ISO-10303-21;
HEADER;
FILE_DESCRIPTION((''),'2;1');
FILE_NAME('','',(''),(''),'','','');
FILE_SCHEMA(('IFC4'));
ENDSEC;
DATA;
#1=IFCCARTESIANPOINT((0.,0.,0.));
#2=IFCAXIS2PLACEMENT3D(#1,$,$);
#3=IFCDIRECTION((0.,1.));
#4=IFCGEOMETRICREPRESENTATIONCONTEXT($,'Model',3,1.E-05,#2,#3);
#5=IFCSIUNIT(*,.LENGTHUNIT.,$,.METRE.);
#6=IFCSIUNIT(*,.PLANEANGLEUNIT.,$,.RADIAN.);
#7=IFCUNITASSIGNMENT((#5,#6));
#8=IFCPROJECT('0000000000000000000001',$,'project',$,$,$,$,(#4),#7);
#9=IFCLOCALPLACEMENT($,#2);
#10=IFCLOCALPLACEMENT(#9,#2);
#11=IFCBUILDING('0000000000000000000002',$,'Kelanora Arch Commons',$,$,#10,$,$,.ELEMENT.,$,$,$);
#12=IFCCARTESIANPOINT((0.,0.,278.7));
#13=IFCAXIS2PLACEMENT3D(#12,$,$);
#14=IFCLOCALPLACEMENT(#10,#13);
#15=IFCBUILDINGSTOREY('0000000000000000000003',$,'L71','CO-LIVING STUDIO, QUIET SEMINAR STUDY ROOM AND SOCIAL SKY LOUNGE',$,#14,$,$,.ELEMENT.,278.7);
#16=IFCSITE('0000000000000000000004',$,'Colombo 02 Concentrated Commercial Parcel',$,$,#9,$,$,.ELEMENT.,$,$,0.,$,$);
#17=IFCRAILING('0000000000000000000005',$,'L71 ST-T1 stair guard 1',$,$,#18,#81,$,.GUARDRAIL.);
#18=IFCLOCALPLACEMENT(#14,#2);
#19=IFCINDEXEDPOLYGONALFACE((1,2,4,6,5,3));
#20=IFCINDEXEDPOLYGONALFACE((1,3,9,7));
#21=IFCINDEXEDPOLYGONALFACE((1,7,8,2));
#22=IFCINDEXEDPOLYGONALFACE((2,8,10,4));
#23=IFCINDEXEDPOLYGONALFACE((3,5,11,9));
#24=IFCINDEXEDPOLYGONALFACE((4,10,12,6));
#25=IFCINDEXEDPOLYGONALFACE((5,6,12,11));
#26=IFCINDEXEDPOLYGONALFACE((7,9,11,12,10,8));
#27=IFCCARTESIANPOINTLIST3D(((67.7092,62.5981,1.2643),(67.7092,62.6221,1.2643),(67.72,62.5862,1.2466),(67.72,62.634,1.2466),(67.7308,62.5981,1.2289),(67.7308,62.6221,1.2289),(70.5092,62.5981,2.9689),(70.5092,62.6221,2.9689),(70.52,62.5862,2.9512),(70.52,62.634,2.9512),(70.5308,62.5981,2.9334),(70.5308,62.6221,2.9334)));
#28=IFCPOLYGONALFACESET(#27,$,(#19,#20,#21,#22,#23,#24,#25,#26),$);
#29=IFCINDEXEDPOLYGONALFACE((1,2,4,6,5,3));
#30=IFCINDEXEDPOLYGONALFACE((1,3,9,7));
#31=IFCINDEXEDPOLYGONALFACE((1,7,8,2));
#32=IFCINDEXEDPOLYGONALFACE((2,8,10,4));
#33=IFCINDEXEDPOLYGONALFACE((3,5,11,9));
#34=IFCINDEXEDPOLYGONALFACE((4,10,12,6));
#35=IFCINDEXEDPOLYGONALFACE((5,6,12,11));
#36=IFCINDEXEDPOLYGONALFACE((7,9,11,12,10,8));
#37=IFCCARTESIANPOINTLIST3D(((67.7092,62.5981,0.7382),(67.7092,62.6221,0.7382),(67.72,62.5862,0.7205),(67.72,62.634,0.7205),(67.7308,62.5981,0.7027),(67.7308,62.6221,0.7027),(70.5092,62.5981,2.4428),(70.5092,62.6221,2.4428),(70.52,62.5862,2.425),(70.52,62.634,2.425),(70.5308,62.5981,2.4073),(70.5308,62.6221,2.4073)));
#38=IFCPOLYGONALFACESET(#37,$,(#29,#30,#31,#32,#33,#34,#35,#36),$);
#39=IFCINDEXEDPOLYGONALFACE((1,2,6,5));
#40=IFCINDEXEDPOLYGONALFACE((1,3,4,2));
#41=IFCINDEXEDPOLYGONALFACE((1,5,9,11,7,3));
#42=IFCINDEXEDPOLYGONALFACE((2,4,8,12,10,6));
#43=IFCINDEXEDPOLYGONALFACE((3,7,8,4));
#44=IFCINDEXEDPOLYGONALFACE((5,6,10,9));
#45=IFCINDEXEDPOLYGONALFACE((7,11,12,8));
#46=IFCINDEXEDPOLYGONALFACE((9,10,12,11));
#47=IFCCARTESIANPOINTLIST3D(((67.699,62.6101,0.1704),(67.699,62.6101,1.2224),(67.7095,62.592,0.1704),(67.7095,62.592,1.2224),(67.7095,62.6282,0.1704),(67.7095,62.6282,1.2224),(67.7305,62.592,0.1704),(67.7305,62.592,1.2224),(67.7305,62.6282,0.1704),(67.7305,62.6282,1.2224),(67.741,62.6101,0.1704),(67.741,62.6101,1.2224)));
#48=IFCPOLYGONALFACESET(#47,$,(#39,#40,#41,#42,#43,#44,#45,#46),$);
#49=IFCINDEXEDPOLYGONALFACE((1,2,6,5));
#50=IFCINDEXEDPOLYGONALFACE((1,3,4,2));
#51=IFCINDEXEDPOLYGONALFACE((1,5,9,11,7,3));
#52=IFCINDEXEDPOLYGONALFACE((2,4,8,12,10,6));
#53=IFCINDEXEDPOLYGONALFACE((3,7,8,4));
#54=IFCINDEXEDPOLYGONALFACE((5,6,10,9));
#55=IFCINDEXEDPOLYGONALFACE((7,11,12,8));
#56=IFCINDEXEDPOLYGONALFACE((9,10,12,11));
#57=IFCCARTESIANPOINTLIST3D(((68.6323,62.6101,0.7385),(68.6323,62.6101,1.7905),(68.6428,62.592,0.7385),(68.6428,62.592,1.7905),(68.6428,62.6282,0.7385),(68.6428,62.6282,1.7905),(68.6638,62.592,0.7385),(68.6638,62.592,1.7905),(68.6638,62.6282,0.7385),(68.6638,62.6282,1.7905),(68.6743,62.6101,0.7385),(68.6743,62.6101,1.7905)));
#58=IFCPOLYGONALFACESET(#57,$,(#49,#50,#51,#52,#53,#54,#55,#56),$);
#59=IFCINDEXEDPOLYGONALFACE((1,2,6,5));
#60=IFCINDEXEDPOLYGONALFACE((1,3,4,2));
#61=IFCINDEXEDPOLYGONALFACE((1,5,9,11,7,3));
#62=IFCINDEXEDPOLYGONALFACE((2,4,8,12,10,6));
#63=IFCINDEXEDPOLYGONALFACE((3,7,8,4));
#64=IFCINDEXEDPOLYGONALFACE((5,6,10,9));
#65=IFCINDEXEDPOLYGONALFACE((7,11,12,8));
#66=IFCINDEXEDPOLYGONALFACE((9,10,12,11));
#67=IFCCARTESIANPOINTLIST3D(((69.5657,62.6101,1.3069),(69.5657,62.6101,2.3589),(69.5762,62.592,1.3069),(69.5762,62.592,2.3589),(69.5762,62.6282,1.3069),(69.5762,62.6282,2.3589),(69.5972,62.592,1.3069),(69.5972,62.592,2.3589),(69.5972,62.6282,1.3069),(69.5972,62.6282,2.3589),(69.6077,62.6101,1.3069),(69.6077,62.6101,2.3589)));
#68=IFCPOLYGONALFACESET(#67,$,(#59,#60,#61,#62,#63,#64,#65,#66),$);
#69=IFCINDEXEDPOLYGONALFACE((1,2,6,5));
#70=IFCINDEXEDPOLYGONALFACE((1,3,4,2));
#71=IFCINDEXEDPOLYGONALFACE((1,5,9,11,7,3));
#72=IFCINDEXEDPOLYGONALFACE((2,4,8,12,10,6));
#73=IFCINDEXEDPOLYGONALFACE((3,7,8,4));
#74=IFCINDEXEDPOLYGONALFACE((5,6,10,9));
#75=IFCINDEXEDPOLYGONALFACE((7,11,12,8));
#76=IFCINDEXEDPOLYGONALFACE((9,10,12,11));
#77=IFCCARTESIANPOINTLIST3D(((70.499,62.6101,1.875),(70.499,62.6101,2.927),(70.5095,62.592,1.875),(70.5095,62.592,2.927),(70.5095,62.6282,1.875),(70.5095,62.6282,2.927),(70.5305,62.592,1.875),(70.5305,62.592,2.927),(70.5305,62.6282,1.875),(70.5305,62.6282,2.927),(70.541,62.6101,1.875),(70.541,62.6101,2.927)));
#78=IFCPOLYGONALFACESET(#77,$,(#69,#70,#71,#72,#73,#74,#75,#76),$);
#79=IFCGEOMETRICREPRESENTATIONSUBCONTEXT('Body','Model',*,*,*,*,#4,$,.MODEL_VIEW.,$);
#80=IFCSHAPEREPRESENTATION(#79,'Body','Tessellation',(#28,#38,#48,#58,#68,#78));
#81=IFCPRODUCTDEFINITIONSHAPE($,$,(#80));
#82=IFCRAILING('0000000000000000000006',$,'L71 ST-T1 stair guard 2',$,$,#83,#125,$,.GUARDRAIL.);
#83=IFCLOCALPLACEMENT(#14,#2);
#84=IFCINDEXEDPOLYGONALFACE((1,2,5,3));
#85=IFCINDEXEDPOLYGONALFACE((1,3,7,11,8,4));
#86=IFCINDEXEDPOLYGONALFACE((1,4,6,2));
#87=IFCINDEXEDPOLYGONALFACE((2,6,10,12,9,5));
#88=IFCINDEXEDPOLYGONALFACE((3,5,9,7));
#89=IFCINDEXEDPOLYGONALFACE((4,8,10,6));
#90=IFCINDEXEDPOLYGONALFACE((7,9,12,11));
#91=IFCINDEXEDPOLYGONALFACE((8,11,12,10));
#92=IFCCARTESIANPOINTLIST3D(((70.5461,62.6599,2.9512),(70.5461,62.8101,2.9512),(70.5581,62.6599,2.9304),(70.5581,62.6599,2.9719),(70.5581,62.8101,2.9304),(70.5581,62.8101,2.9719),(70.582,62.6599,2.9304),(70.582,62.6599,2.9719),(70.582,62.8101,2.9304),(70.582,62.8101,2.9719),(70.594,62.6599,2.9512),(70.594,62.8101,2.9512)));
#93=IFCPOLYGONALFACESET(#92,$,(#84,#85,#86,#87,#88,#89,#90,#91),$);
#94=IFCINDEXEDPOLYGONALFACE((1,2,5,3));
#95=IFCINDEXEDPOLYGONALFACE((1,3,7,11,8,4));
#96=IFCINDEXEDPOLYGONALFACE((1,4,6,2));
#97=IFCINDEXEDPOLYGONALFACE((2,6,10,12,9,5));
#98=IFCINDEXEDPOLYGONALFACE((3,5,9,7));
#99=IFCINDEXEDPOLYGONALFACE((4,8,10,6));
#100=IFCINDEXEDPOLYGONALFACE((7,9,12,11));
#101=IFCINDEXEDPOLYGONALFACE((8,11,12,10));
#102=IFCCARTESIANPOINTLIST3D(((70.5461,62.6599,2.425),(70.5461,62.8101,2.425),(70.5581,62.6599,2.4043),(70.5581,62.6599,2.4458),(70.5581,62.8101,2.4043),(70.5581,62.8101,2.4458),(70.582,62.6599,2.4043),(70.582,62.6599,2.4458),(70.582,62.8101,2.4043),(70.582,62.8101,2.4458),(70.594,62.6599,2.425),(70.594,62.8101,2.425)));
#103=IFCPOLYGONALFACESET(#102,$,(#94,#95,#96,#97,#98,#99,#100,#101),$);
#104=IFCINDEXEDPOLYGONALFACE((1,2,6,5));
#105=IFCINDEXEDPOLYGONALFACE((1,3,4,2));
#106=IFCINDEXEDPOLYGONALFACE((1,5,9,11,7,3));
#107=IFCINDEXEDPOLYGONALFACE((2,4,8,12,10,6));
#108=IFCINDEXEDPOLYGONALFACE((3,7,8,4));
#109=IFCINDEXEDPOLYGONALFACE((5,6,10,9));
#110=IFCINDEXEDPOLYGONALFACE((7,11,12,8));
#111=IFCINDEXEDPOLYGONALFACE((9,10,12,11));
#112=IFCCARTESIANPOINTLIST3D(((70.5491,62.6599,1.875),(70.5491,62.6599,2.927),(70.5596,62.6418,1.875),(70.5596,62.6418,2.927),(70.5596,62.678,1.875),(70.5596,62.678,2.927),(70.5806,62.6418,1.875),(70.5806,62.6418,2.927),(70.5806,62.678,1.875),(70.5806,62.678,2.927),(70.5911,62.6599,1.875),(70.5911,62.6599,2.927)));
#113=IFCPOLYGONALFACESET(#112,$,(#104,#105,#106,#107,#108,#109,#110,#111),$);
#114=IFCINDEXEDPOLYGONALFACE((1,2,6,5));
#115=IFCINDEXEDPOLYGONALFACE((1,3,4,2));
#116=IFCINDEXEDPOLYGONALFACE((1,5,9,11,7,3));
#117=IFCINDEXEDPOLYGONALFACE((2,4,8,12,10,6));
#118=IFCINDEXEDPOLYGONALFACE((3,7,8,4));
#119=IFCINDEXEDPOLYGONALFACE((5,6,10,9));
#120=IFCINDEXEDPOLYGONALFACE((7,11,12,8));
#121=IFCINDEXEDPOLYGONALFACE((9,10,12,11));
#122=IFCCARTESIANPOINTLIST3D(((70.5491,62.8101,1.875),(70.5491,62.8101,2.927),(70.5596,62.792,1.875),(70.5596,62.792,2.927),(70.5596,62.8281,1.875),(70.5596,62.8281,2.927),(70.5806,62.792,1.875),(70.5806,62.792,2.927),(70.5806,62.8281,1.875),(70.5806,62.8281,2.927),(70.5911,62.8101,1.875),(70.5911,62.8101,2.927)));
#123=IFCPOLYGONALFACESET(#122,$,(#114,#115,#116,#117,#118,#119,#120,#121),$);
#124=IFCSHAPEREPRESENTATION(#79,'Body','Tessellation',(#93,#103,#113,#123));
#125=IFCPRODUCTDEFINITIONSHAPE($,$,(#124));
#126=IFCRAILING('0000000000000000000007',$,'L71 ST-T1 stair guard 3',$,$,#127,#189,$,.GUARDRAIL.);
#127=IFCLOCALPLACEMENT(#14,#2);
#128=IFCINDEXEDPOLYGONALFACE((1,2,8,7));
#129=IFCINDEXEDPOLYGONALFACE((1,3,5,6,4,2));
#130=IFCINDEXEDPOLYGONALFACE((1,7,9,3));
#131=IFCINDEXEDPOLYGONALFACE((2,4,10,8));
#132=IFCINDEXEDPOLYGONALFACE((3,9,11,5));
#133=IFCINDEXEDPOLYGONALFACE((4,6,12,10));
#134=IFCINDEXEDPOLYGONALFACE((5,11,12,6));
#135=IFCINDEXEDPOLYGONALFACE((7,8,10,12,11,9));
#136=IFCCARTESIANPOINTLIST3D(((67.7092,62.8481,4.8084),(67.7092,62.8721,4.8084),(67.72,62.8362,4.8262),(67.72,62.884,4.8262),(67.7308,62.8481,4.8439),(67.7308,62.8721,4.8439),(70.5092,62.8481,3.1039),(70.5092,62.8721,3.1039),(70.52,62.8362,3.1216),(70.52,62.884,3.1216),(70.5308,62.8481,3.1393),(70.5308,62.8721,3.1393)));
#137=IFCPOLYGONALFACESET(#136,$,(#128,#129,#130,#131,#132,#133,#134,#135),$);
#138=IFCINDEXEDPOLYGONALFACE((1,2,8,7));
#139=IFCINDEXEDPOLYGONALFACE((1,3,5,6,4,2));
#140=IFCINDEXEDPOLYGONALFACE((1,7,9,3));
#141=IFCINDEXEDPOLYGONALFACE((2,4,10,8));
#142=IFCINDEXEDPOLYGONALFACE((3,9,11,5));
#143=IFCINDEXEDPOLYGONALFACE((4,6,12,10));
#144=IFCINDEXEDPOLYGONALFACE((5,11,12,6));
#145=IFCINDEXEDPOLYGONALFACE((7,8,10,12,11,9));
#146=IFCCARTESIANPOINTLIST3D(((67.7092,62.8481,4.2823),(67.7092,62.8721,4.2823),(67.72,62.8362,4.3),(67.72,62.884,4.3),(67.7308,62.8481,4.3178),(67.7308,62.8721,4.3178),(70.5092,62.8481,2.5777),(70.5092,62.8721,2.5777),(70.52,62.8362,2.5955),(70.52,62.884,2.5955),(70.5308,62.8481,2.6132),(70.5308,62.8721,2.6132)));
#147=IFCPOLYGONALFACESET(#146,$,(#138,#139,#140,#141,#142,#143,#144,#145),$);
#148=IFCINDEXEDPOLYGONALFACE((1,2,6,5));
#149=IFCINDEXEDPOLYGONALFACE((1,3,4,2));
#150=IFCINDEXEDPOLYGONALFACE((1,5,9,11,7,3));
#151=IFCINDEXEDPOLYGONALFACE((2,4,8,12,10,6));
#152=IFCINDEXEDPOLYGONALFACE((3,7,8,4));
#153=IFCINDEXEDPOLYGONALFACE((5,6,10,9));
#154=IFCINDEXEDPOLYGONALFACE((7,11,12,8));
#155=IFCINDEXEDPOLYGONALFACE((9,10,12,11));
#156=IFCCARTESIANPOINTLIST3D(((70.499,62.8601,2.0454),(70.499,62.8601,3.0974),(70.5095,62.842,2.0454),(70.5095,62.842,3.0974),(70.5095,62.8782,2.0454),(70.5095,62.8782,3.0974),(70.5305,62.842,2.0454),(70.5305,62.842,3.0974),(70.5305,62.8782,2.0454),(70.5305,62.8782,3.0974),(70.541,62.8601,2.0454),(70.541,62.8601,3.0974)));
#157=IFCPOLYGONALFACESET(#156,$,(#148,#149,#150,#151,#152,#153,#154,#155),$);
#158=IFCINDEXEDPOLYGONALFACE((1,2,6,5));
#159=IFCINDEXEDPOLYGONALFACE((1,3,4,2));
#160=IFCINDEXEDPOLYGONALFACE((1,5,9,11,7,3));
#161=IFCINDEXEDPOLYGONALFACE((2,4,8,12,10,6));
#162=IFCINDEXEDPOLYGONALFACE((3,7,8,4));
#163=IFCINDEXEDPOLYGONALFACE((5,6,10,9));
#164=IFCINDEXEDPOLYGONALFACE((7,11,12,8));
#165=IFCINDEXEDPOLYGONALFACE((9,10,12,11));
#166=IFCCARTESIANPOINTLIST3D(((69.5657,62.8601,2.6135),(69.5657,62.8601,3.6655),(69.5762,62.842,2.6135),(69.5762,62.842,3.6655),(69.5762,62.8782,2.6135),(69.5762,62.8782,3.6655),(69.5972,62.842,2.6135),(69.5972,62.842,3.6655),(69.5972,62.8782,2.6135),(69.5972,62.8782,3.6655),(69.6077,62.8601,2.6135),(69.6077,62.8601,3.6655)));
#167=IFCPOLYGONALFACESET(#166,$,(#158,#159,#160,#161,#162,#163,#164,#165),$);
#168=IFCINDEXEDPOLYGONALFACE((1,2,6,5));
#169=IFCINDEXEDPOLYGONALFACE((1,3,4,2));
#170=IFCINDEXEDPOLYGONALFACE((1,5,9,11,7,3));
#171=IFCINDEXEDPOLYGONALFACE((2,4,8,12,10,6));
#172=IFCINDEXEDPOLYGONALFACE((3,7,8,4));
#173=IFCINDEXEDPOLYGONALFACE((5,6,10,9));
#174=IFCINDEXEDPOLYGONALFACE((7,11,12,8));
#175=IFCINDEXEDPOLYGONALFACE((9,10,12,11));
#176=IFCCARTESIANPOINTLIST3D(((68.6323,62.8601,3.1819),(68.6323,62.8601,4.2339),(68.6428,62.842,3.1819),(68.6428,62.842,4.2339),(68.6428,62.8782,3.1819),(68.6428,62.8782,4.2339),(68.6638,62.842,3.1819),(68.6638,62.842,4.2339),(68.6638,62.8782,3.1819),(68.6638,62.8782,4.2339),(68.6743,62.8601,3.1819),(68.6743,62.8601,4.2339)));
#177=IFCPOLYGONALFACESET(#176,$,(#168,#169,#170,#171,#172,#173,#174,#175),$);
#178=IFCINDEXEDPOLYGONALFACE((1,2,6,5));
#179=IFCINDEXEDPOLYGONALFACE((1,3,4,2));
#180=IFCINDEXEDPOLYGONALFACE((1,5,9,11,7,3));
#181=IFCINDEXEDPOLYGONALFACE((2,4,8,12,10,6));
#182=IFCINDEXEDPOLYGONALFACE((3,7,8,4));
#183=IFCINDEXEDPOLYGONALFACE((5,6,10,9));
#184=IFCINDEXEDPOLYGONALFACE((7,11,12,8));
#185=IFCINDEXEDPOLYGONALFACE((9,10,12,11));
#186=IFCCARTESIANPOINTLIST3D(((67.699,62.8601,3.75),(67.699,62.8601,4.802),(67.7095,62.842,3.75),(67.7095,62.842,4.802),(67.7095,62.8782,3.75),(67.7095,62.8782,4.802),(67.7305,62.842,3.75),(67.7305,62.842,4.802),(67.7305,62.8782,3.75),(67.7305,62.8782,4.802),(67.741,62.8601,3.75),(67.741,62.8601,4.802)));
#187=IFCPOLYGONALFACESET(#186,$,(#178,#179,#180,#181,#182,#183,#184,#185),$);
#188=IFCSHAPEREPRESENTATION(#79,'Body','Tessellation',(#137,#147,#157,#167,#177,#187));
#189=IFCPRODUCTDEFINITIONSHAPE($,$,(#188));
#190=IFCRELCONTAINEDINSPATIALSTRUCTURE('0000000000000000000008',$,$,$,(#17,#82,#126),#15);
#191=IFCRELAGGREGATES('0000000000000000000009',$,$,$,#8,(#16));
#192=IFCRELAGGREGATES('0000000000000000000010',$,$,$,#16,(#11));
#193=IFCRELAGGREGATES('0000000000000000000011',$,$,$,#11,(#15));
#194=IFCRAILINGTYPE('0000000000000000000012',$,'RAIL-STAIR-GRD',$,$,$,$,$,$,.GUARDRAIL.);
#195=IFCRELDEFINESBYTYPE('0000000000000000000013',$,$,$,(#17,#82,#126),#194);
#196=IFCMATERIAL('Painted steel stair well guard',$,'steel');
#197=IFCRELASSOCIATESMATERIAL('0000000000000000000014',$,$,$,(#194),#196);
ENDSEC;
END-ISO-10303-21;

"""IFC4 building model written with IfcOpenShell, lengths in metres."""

from ifc_helpers import new_model, si_unit, direction, frame, origin, place, context, subcontext, project, spatial, polyline, outline, extrude, material, type_object, element, save


model = new_model("IFC4")

# Units and contexts
model_context = context("Model", 3, precision=1e-05, world=origin(), true_north=direction((0.0, 1.0)))
body_context = subcontext(model_context, "Body", "Model", "MODEL_VIEW")
ifc_project = project(units=[si_unit("LENGTHUNIT", "METRE"), si_unit("PLANEANGLEUNIT", "RADIAN")], contexts=[model_context])

# Site, building, storey
site_placement = place(None, origin())
site = spatial("IfcSite", under=ifc_project, at=site_placement, Name="Colombo 02 Concentrated Commercial Parcel", CompositionType="ELEMENT", RefElevation=0.0)
building_placement = place(site_placement, origin())
building = spatial("IfcBuilding", under=site, at=building_placement, Name="Kelanora Arch Commons", CompositionType="ELEMENT")
storey_placement = place(building_placement, frame((0.0, 0.0, 278.7)))
storey = spatial("IfcBuildingStorey", under=building, at=storey_placement, Name="L71", Description="CO-LIVING STUDIO, QUIET SEMINAR STUDY ROOM AND SOCIAL SKY LOUNGE", CompositionType="ELEMENT", Elevation=278.7)

# Railings
ifc_material_1 = material(Name="Painted steel stair well guard", Category="steel")
railing_type_1 = type_object("IfcRailingType", Name="RAIL-STAIR-GRD", PredefinedType="GUARDRAIL", material=ifc_material_1)
railing_1_placement = place(storey_placement, frame((67.72, 62.6101, 0.1704)))
element("IfcRailing", 1, at=railing_1_placement, inside=storey, type_object=railing_type_1, Name="L71 ST-T1 stair guard 1", PredefinedType="GUARDRAIL", context=body_context, shape_type="SweptSolid", body=[
    extrude(outline(polyline([(0.0239, 0.0), (0.012, 0.0208), (-0.012, 0.0208), (-0.0239, 0.0), (-0.012, -0.0208), (0.012, -0.0208), (0.0239, 0.0)])), frame((0.0, 0.0, 1.0762), z_axis=(0.85417, 0.0, 0.519994), x_axis=(0.0, 1.0, 0.0)), (0.0, 0.0, 1.0), 3.2781),
    extrude(outline(polyline([(0.0239, 0.0), (0.012, 0.0208), (-0.012, 0.0208), (-0.0239, 0.0), (-0.012, -0.0208), (0.012, -0.0208), (0.0239, 0.0)])), frame((0.0, 0.0, 0.55), z_axis=(0.85417, 0.0, 0.519994), x_axis=(0.0, 1.0, 0.0)), (0.0, 0.0, 1.0), 3.2781),
    extrude(outline(polyline([(0.021, 0.0), (0.0105, 0.0181), (-0.0105, 0.0181), (-0.021, 0.0), (-0.0105, -0.0181), (0.0105, -0.0181), (0.021, 0.0)])), origin(), (0.0, 0.0, 1.0), 1.052),
    extrude(outline(polyline([(0.021, 0.0), (0.0105, 0.0181), (-0.0105, 0.0181), (-0.021, 0.0), (-0.0105, -0.0181), (0.0105, -0.0181), (0.021, 0.0)])), frame((0.9333, 0.0, 0.5681)), (0.0, 0.0, 1.0), 1.052),
    extrude(outline(polyline([(0.021, 0.0), (0.0105, 0.0181), (-0.0105, 0.0181), (-0.021, 0.0), (-0.0105, -0.0181), (0.0105, -0.0181), (0.021, 0.0)])), frame((1.8667, 0.0, 1.1365)), (0.0, 0.0, 1.0), 1.052),
    extrude(outline(polyline([(0.021, 0.0), (0.0105, 0.0181), (-0.0105, 0.0181), (-0.021, 0.0), (-0.0105, -0.0181), (0.0105, -0.0181), (0.021, 0.0)])), frame((2.8, 0.0, 1.7046)), (0.0, 0.0, 1.0), 1.052),
])
railing_2_placement = place(storey_placement, frame((70.5701, 62.6599, 1.875)))
element("IfcRailing", 2, at=railing_2_placement, inside=storey, type_object=railing_type_1, Name="L71 ST-T1 stair guard 2", PredefinedType="GUARDRAIL", context=body_context, shape_type="SweptSolid", body=[
    extrude(outline(polyline([(0.0239, 0.0), (0.012, 0.0208), (-0.012, 0.0208), (-0.0239, 0.0), (-0.012, -0.0208), (0.012, -0.0208), (0.0239, 0.0)])), frame((0.0, 0.0, 1.0762), z_axis=(0.0, 1.0, 0.0), x_axis=(-1.0, 0.0, 0.0)), (0.0, 0.0, 1.0), 0.1501),
    extrude(outline(polyline([(0.0239, 0.0), (0.012, 0.0208), (-0.012, 0.0208), (-0.0239, 0.0), (-0.012, -0.0208), (0.012, -0.0208), (0.0239, 0.0)])), frame((0.0, 0.0, 0.55), z_axis=(0.0, 1.0, 0.0), x_axis=(-1.0, 0.0, 0.0)), (0.0, 0.0, 1.0), 0.1501),
    extrude(outline(polyline([(0.021, 0.0), (0.0105, 0.0181), (-0.0105, 0.0181), (-0.021, 0.0), (-0.0105, -0.0181), (0.0105, -0.0181), (0.021, 0.0)])), origin(), (0.0, 0.0, 1.0), 1.052),
    extrude(outline(polyline([(0.021, 0.0), (0.0105, 0.0181), (-0.0105, 0.0181), (-0.021, 0.0), (-0.0105, -0.0181), (0.0105, -0.0181), (0.021, 0.0)])), frame((0.0, 0.1501, 0.0)), (0.0, 0.0, 1.0), 1.052),
])
railing_3_placement = place(storey_placement, frame((70.52, 62.8601, 2.0454)))
element("IfcRailing", 3, at=railing_3_placement, inside=storey, type_object=railing_type_1, Name="L71 ST-T1 stair guard 3", PredefinedType="GUARDRAIL", context=body_context, shape_type="SweptSolid", body=[
    extrude(outline(polyline([(0.0239, 0.0), (0.012, 0.0208), (-0.012, 0.0208), (-0.0239, 0.0), (-0.012, -0.0208), (0.012, -0.0208), (0.0239, 0.0)])), frame((0.0, 0.0, 1.0762), z_axis=(-0.85417, 0.0, 0.519994), x_axis=(0.0, -1.0, 0.0)), (0.0, 0.0, 1.0), 3.2781),
    extrude(outline(polyline([(0.0239, 0.0), (0.012, 0.0208), (-0.012, 0.0208), (-0.0239, 0.0), (-0.012, -0.0208), (0.012, -0.0208), (0.0239, 0.0)])), frame((0.0, 0.0, 0.55), z_axis=(-0.85417, 0.0, 0.519994), x_axis=(0.0, -1.0, 0.0)), (0.0, 0.0, 1.0), 3.2781),
    extrude(outline(polyline([(0.021, 0.0), (0.0105, 0.0181), (-0.0105, 0.0181), (-0.021, 0.0), (-0.0105, -0.0181), (0.0105, -0.0181), (0.021, 0.0)])), origin(), (0.0, 0.0, 1.0), 1.052),
    extrude(outline(polyline([(0.021, 0.0), (0.0105, 0.0181), (-0.0105, 0.0181), (-0.021, 0.0), (-0.0105, -0.0181), (0.0105, -0.0181), (0.021, 0.0)])), frame((-0.9333, 0.0, 0.5681)), (0.0, 0.0, 1.0), 1.052),
    extrude(outline(polyline([(0.021, 0.0), (0.0105, 0.0181), (-0.0105, 0.0181), (-0.021, 0.0), (-0.0105, -0.0181), (0.0105, -0.0181), (0.021, 0.0)])), frame((-1.8667, 0.0, 1.1365)), (0.0, 0.0, 1.0), 1.052),
    extrude(outline(polyline([(0.021, 0.0), (0.0105, 0.0181), (-0.0105, 0.0181), (-0.021, 0.0), (-0.0105, -0.0181), (0.0105, -0.0181), (0.021, 0.0)])), frame((-2.8, 0.0, 1.7046)), (0.0, 0.0, 1.0), 1.052),
])

save(model, "model.ifc")
